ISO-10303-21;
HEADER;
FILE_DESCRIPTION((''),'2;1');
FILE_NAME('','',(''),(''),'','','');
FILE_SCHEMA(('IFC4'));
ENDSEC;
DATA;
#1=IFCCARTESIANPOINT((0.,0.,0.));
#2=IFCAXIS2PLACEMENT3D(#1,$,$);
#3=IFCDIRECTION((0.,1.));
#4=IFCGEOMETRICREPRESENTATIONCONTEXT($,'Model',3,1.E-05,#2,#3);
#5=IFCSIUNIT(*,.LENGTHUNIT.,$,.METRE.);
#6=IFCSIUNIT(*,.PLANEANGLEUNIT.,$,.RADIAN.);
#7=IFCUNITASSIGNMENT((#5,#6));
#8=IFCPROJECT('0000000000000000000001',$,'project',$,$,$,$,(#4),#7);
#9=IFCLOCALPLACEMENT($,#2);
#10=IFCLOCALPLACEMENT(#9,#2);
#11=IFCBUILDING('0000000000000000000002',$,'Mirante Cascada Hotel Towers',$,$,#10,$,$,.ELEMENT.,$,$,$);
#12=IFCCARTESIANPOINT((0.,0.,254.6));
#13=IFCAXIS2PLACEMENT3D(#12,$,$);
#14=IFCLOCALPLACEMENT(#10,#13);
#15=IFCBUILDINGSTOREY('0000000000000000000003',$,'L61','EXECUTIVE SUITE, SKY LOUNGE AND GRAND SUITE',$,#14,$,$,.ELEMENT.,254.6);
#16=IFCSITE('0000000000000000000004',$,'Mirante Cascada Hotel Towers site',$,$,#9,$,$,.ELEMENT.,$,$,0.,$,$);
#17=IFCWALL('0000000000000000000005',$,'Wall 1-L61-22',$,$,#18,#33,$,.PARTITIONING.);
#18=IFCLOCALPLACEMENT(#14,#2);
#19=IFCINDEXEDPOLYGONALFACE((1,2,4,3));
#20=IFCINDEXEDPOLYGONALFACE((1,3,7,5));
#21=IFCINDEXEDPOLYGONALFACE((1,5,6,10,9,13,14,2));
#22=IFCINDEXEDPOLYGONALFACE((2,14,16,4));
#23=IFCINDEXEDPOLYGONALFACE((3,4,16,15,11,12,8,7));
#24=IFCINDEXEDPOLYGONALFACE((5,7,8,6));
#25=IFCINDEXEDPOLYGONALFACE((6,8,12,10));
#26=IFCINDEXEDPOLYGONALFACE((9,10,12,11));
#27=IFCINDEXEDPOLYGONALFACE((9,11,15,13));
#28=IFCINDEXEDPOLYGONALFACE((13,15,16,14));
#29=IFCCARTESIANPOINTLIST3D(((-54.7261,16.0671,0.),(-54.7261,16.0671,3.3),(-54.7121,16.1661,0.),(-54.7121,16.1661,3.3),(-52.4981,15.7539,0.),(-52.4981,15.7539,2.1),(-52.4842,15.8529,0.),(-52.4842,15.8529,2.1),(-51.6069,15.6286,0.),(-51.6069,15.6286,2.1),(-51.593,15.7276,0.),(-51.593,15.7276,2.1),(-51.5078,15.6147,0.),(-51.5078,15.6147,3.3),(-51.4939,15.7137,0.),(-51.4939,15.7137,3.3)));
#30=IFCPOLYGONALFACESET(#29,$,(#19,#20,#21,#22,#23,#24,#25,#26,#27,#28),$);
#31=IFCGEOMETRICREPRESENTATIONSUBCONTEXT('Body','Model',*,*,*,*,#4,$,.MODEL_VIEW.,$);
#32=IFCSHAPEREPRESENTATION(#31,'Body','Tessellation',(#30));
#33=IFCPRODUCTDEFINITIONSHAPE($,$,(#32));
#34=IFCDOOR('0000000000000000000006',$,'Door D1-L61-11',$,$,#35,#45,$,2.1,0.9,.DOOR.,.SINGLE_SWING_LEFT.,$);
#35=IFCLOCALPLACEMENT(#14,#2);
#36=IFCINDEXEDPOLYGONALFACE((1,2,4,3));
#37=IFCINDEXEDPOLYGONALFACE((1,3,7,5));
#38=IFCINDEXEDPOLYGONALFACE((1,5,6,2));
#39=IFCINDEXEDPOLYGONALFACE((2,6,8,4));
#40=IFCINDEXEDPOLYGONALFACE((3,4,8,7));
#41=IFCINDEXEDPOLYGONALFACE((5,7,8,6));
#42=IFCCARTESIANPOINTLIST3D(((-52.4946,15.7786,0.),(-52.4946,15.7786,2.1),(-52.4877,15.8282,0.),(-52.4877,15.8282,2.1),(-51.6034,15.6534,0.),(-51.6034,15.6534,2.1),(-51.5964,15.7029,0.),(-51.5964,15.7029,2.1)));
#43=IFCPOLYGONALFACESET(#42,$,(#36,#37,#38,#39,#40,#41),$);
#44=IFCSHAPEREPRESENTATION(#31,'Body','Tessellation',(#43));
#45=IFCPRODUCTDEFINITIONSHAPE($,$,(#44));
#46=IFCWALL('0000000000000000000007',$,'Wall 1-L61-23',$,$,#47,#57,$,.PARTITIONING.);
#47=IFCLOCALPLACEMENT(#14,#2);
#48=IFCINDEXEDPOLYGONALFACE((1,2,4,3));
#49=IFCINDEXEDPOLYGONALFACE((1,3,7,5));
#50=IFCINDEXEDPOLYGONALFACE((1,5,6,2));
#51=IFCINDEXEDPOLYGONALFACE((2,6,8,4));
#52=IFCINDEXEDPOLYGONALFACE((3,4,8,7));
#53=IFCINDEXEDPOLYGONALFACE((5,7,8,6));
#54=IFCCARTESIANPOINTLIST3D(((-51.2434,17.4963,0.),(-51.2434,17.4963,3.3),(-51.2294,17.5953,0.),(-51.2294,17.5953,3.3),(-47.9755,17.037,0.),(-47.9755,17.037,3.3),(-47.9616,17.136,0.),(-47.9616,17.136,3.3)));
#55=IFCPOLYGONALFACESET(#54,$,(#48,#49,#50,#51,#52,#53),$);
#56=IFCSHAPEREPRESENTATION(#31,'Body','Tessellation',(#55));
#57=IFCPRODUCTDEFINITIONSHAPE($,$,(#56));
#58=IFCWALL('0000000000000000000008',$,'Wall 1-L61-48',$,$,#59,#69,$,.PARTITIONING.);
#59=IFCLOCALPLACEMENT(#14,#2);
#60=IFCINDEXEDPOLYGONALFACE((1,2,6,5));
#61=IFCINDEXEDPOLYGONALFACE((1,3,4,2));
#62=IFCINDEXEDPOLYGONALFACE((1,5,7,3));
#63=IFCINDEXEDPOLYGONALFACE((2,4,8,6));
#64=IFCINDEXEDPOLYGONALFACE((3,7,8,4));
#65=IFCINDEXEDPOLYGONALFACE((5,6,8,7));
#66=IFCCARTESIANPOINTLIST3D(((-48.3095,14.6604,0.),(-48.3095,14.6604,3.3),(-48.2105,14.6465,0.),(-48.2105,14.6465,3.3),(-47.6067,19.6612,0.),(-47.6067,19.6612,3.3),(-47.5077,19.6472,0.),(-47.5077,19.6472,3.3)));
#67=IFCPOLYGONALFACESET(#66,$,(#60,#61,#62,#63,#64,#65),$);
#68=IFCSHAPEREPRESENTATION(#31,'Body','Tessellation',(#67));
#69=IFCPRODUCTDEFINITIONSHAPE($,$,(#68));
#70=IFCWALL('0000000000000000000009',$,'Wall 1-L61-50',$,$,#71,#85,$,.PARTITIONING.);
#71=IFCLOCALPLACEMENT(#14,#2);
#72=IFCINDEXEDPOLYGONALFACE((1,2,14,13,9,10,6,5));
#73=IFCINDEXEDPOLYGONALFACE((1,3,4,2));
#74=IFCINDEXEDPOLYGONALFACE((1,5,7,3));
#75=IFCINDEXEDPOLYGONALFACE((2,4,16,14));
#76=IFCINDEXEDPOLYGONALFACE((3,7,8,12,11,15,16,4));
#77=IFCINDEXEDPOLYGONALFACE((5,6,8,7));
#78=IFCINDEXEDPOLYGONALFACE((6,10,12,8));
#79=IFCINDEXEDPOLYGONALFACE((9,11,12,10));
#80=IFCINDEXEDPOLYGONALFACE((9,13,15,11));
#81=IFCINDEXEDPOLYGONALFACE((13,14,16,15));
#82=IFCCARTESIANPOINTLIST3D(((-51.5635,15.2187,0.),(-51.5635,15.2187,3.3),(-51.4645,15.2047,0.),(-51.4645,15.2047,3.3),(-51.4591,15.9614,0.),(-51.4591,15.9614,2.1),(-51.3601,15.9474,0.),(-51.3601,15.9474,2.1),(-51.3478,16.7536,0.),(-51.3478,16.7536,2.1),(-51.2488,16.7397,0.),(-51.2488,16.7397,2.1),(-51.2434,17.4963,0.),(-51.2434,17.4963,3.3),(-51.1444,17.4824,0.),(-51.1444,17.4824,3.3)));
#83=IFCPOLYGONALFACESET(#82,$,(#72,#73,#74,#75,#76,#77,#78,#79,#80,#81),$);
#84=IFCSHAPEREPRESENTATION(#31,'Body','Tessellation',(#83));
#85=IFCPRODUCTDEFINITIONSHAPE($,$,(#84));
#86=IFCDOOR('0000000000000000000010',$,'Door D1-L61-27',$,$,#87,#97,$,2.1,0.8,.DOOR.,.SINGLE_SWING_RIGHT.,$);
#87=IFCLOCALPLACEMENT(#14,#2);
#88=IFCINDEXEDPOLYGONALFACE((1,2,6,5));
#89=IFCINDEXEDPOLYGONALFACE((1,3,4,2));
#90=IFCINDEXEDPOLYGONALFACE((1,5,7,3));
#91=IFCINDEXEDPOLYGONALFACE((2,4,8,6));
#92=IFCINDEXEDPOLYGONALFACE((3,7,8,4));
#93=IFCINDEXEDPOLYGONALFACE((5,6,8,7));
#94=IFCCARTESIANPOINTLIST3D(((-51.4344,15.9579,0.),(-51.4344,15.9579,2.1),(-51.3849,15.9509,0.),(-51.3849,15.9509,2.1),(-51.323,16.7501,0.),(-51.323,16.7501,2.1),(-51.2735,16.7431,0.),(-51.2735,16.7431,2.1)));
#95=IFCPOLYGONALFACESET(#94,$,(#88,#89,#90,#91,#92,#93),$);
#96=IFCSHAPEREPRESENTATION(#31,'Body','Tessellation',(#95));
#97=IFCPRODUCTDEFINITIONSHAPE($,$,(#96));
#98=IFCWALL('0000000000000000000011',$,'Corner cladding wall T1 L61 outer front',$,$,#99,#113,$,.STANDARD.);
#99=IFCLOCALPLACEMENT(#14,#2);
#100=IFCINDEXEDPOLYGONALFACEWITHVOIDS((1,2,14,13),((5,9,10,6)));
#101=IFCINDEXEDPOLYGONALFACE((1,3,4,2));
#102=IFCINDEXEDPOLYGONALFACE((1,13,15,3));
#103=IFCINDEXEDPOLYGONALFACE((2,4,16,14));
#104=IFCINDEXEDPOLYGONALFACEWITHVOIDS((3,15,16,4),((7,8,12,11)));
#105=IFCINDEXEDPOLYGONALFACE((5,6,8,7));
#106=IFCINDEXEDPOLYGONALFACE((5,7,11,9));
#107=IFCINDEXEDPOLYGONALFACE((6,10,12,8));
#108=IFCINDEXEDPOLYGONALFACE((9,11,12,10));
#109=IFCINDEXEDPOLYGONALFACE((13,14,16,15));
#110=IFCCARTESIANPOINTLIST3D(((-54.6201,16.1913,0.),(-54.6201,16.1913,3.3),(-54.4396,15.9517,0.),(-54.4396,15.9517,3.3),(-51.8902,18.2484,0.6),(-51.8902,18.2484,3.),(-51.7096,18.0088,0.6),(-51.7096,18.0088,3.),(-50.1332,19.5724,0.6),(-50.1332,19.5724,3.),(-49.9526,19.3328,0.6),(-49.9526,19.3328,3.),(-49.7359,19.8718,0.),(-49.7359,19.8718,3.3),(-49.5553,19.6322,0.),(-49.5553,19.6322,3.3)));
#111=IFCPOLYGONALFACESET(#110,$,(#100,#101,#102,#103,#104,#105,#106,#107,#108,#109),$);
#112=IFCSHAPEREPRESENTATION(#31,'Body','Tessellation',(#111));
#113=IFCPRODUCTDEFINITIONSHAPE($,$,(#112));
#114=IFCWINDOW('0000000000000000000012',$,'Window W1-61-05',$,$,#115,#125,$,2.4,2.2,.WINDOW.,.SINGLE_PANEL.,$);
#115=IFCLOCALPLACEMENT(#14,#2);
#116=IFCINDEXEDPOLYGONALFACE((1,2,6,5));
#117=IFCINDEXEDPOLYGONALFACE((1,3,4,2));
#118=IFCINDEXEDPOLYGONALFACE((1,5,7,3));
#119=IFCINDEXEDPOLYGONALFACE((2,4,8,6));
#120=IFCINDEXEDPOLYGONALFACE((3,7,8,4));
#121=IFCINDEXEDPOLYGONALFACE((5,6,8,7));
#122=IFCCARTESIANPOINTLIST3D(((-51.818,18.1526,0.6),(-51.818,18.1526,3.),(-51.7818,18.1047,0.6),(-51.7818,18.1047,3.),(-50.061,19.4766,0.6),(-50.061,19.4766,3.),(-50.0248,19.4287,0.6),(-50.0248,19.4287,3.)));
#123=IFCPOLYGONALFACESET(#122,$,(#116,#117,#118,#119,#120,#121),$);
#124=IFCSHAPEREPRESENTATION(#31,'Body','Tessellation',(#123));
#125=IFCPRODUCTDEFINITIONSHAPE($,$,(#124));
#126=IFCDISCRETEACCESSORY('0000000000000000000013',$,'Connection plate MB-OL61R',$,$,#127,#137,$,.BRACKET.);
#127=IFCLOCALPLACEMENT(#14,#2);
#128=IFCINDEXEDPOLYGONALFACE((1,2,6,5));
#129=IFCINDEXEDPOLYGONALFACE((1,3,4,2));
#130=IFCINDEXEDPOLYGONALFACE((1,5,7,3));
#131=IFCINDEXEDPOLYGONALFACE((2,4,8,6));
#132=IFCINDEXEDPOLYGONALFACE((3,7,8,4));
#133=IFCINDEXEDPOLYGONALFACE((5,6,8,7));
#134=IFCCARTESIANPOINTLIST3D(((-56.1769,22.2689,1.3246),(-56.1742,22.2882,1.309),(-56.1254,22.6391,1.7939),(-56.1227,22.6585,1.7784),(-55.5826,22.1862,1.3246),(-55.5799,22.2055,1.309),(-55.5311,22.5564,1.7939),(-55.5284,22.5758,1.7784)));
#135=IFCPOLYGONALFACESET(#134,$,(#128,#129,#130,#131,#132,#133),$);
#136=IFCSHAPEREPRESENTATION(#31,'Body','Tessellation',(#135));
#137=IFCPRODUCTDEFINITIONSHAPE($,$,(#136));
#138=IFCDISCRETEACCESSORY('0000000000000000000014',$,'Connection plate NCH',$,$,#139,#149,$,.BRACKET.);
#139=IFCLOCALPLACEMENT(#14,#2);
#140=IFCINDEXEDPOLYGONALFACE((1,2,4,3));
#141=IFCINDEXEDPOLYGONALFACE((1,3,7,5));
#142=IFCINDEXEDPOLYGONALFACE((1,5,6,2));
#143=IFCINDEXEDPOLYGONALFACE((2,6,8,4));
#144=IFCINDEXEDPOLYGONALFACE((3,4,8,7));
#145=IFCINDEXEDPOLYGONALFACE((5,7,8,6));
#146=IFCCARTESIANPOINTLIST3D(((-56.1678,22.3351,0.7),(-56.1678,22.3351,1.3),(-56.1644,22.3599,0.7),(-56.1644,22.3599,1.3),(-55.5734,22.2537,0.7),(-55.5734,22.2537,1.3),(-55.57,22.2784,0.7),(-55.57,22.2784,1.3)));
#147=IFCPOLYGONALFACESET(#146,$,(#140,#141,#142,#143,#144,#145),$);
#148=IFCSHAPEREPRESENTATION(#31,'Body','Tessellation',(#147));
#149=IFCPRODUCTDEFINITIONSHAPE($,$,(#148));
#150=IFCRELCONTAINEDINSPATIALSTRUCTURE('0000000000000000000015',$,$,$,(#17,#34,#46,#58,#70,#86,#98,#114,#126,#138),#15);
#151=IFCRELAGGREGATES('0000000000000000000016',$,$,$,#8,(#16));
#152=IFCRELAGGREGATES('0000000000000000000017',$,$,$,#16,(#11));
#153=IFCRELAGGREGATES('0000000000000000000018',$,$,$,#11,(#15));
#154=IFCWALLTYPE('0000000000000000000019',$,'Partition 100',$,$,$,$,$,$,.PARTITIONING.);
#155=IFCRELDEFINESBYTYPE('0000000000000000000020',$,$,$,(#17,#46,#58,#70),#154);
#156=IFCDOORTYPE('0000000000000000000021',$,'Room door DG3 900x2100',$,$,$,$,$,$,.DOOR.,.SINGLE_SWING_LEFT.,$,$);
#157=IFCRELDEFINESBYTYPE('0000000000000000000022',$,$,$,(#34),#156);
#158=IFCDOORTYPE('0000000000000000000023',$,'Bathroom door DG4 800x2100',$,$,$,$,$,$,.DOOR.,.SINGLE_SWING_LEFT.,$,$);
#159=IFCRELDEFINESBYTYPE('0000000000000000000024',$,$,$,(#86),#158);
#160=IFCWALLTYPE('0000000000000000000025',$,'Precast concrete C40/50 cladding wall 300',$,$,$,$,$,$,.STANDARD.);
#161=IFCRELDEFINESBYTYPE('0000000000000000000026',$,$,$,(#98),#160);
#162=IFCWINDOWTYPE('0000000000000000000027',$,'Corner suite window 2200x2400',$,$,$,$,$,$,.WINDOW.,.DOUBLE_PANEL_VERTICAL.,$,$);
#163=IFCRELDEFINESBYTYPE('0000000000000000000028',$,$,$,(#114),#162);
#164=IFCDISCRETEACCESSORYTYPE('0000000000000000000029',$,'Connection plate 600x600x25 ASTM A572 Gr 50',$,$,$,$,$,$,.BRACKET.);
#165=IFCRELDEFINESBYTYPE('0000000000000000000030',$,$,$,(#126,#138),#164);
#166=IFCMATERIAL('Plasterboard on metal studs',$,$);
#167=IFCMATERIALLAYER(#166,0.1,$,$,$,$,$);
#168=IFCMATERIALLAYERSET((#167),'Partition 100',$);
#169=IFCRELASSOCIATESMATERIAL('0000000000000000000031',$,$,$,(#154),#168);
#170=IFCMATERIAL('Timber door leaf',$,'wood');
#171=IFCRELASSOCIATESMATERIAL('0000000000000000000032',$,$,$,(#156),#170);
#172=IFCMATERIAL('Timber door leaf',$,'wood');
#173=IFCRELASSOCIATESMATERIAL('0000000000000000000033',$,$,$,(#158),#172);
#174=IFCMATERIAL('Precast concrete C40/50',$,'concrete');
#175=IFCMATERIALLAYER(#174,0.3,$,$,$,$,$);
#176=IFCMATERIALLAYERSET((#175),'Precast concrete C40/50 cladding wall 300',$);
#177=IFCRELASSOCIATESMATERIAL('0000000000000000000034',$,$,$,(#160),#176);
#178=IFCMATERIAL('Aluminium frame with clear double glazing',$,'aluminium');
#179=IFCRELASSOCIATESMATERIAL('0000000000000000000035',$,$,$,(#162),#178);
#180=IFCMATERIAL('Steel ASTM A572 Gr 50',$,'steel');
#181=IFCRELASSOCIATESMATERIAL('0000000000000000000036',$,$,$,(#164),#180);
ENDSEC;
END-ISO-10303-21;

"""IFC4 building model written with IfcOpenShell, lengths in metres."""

from ifc_helpers import new_model, si_unit, direction, frame, frame_2d, origin, origin_2d, place, context, subcontext, project, spatial, rectangle, extrude, material, layer, layer_set, material_profile, profile_set, type_object, element, fill, save


model = new_model("IFC4")

# Units and contexts
model_context = context("Model", 3, precision=1e-05, world=origin(), true_north=direction((0.0, 1.0)))
body_context = subcontext(model_context, "Body", "Model", "MODEL_VIEW")
ifc_project = project(units=[si_unit("LENGTHUNIT", "METRE"), si_unit("PLANEANGLEUNIT", "RADIAN")], contexts=[model_context])

# Site, building, storey
site_placement = place(None, origin())
site = spatial("IfcSite", under=ifc_project, at=site_placement, Name="Mirante Cascada Hotel Towers site", CompositionType="ELEMENT", RefElevation=0.0)
building_placement = place(site_placement, origin())
building = spatial("IfcBuilding", under=site, at=building_placement, Name="Mirante Cascada Hotel Towers", CompositionType="ELEMENT")
storey_placement = place(building_placement, frame((0.0, 0.0, 254.6)))
storey = spatial("IfcBuildingStorey", under=building, at=storey_placement, Name="L61", Description="EXECUTIVE SUITE, SKY LOUNGE AND GRAND SUITE", CompositionType="ELEMENT", Elevation=254.6)

# Shared definitions
ifc_material_1 = material(Name="Plasterboard on metal studs")
ifc_layer_1 = layer(ifc_material_1, 0.1)
ifc_layer_set_1 = layer_set([ifc_layer_1], Name="Partition 100")
wall_type_1 = type_object("IfcWallType", Name="Partition 100", PredefinedType="PARTITIONING", material=ifc_layer_set_1)

# Wall, opening, door
wall_1_placement = place(storey_placement, frame((-51.5009, 15.6642, 0.0), z_axis=(0.0, 0.0, 1.0), x_axis=(-0.990264, 0.139203, 0.0)))
wall_1 = element("IfcWall", 1, at=wall_1_placement, inside=storey, type_object=wall_type_1, Name="Wall 1-L61-22", PredefinedType="PARTITIONING", context=body_context, shape_type="SweptSolid", body=[
    extrude(rectangle(XDim=3.2499, YDim=0.1, at=frame_2d((1.6249, 0.0))), origin(), (0.0, 0.0, 1.0), 3.3),
])
opening_1_placement = place(wall_1_placement, frame((0.1, 0.0, 0.0)))
opening_1 = element("IfcOpeningElement", 2, at=opening_1_placement, cuts=wall_1, PredefinedType="OPENING", context=body_context, shape_type="SweptSolid", body=[
    extrude(rectangle(XDim=0.9, YDim=2.1, at=frame_2d((0.45, 1.05))), frame((0.0, 0.05, 0.0), z_axis=(0.0, -1.0, 0.0), x_axis=(1.0, 0.0, 0.0)), (0.0, 0.0, 1.0), 0.1),
])
ifc_material_2 = material(Name="Timber door leaf", Category="wood")
door_type_1 = type_object("IfcDoorType", Name="Room door DG3 900x2100", OperationType="SINGLE_SWING_LEFT", PredefinedType="DOOR", material=ifc_material_2)
door_1_placement = place(opening_1_placement, origin())
door_1 = element("IfcDoor", 3, at=door_1_placement, inside=storey, type_object=door_type_1, Name="Door D1-L61-11", OperationType="SINGLE_SWING_LEFT", OverallHeight=2.1, OverallWidth=0.9, PredefinedType="DOOR", context=body_context, shape_type="SweptSolid", body=[
    extrude(rectangle(XDim=0.9, YDim=2.1, at=frame_2d((0.45, 1.05))), frame((0.0, 0.025, 0.0), z_axis=(0.0, -1.0, 0.0), x_axis=(1.0, 0.0, 0.0)), (0.0, 0.0, 1.0), 0.05),
])
fill(opening_1, door_1)

# Walls
wall_2_placement = place(storey_placement, frame((-51.2364, 17.5458, 0.0), z_axis=(0.0, 0.0, 1.0), x_axis=(0.990267, -0.139181, 0.0)))
element("IfcWall", 4, at=wall_2_placement, inside=storey, type_object=wall_type_1, Name="Wall 1-L61-23", PredefinedType="PARTITIONING", context=body_context, shape_type="SweptSolid", body=[
    extrude(rectangle(XDim=3.3, YDim=0.1, at=frame_2d((1.65, 0.0))), origin(), (0.0, 0.0, 1.0), 3.3),
])
wall_3_placement = place(storey_placement, frame((-48.26, 14.6534, 0.0), z_axis=(0.0, 0.0, 1.0), x_axis=(0.13917, 0.990268, 0.0)))
element("IfcWall", 5, at=wall_3_placement, inside=storey, type_object=wall_type_1, Name="Wall 1-L61-48", PredefinedType="PARTITIONING", context=body_context, shape_type="SweptSolid", body=[
    extrude(rectangle(XDim=5.0499, YDim=0.1, at=frame_2d((2.525, 0.0))), origin(), (0.0, 0.0, 1.0), 3.3),
])

# Wall, opening, door
wall_4_placement = place(storey_placement, frame((-51.514, 15.2117, 0.0), z_axis=(0.0, 0.0, 1.0), x_axis=(0.139175, 0.990268, 0.0)))
wall_4 = element("IfcWall", 6, at=wall_4_placement, inside=storey, type_object=wall_type_1, Name="Wall 1-L61-50", PredefinedType="PARTITIONING", context=body_context, shape_type="SweptSolid", body=[
    extrude(rectangle(XDim=2.3, YDim=0.1, at=frame_2d((1.15, 0.0))), origin(), (0.0, 0.0, 1.0), 3.3),
])
opening_2_placement = place(wall_4_placement, frame((0.75, 0.0, 0.0)))
opening_2 = element("IfcOpeningElement", 7, at=opening_2_placement, cuts=wall_4, PredefinedType="OPENING", context=body_context, shape_type="SweptSolid", body=[
    extrude(rectangle(XDim=0.8, YDim=2.1, at=frame_2d((0.4, 1.05))), frame((0.0, 0.05, 0.0), z_axis=(0.0, -1.0, 0.0), x_axis=(1.0, 0.0, 0.0)), (0.0, 0.0, 1.0), 0.1),
])
ifc_material_3 = material(Name="Timber door leaf", Category="wood")
door_type_2 = type_object("IfcDoorType", Name="Bathroom door DG4 800x2100", OperationType="SINGLE_SWING_LEFT", PredefinedType="DOOR", material=ifc_material_3)
door_2_placement = place(opening_2_placement, frame((0.8, 0.0, 0.0), z_axis=(0.0, 0.0, 1.0), x_axis=(-1.0, 0.0, 0.0)))
door_2 = element("IfcDoor", 8, at=door_2_placement, inside=storey, type_object=door_type_2, Name="Door D1-L61-27", OperationType="SINGLE_SWING_RIGHT", OverallHeight=2.1, OverallWidth=0.8, PredefinedType="DOOR", context=body_context, shape_type="SweptSolid", body=[
    extrude(rectangle(XDim=0.8, YDim=2.1, at=frame_2d((0.4, 1.05))), frame((0.0, 0.025, 0.0), z_axis=(0.0, -1.0, 0.0), x_axis=(1.0, 0.0, 0.0)), (0.0, 0.0, 1.0), 0.05),
])
fill(opening_2, door_2)

# Wall, opening, window
ifc_material_4 = material(Name="Precast concrete C40/50", Category="concrete")
ifc_layer_2 = layer(ifc_material_4, 0.3)
ifc_layer_set_2 = layer_set([ifc_layer_2], Name="Precast concrete C40/50 cladding wall 300")
wall_type_2 = type_object("IfcWallType", Name="Precast concrete C40/50 cladding wall 300", PredefinedType="STANDARD", material=ifc_layer_set_2)
wall_5_placement = place(storey_placement, frame((-54.5298, 16.0715, 0.0), z_axis=(0.0, 0.0, 1.0), x_axis=(0.798636, 0.601814, 0.0)))
wall_5 = element("IfcWall", 9, at=wall_5_placement, inside=storey, type_object=wall_type_2, Name="Corner cladding wall T1 L61 outer front", PredefinedType="STANDARD", context=body_context, shape_type="SweptSolid", body=[
    extrude(rectangle(XDim=6.1157, YDim=0.3, at=frame_2d((3.0578, 0.0))), origin(), (0.0, 0.0, 1.0), 3.3),
])
opening_3_placement = place(wall_5_placement, frame((3.4182, 0.0, 0.6)))
opening_3 = element("IfcOpeningElement", 10, at=opening_3_placement, cuts=wall_5, PredefinedType="OPENING", context=body_context, shape_type="SweptSolid", body=[
    extrude(rectangle(XDim=2.2, YDim=2.4, at=frame_2d((1.1, 1.2))), frame((0.0, 0.15, 0.0), z_axis=(0.0, -1.0, 0.0), x_axis=(1.0, 0.0, 0.0)), (0.0, 0.0, 1.0), 0.3),
])
ifc_material_5 = material(Name="Aluminium frame with clear double glazing", Category="aluminium")
window_type = type_object("IfcWindowType", Name="Corner suite window 2200x2400", PartitioningType="DOUBLE_PANEL_VERTICAL", PredefinedType="WINDOW", material=ifc_material_5)
window_placement = place(opening_3_placement, origin())
window = element("IfcWindow", 11, at=window_placement, inside=storey, type_object=window_type, Name="Window W1-61-05", OverallHeight=2.4, OverallWidth=2.2, PartitioningType="SINGLE_PANEL", PredefinedType="WINDOW", context=body_context, shape_type="SweptSolid", body=[
    extrude(rectangle(XDim=2.2, YDim=2.4, at=frame_2d((1.1, 1.2))), frame((0.0, 0.03, 0.0), z_axis=(0.0, -1.0, 0.0), x_axis=(1.0, 0.0, 0.0)), (0.0, 0.0, 1.0), 0.06),
])
fill(opening_3, window)

# Discrete accessories
ifc_material_6 = material(Name="Steel ASTM A572 Gr 50", Category="steel")
ifc_material_profile_1 = material_profile(ifc_material_6, rectangle(XDim=0.6, YDim=0.6, at=origin_2d()), Name="Connection plate 600x600x25 ASTM A572 Gr 50")
ifc_profile_set_1 = profile_set([ifc_material_profile_1], Name="Steel ASTM A572 Gr 50")
discrete_accessory_type = type_object("IfcDiscreteAccessoryType", Name="Connection plate 600x600x25 ASTM A572 Gr 50", PredefinedType="BRACKET", material=ifc_profile_set_1)
for number, where, z_axis, x_axis, name in (
    (12, (-55.8513, 22.432, 1.5437), (-0.107827, -0.774755, 0.622999), (0.990454, -0.137847, 0.0), "Connection plate MB-OL61R"),
    (13, (-55.8706, 22.2944, 1.0), (0.135826, 0.990733, 0.0), (-0.990733, 0.135826, 0.0), "Connection plate NCH"),
):
    element("IfcDiscreteAccessory", number, at=place(storey_placement, frame(where, z_axis=z_axis, x_axis=x_axis)), inside=storey, type_object=discrete_accessory_type, Name=name, PredefinedType="BRACKET", context=body_context, shape_type="SweptSolid", body=[
        extrude(rectangle(XDim=0.6, YDim=0.6, at=origin_2d()), origin(), (0.0, 0.0, 1.0), 0.025),
    ])

save(model, "model.ifc")
